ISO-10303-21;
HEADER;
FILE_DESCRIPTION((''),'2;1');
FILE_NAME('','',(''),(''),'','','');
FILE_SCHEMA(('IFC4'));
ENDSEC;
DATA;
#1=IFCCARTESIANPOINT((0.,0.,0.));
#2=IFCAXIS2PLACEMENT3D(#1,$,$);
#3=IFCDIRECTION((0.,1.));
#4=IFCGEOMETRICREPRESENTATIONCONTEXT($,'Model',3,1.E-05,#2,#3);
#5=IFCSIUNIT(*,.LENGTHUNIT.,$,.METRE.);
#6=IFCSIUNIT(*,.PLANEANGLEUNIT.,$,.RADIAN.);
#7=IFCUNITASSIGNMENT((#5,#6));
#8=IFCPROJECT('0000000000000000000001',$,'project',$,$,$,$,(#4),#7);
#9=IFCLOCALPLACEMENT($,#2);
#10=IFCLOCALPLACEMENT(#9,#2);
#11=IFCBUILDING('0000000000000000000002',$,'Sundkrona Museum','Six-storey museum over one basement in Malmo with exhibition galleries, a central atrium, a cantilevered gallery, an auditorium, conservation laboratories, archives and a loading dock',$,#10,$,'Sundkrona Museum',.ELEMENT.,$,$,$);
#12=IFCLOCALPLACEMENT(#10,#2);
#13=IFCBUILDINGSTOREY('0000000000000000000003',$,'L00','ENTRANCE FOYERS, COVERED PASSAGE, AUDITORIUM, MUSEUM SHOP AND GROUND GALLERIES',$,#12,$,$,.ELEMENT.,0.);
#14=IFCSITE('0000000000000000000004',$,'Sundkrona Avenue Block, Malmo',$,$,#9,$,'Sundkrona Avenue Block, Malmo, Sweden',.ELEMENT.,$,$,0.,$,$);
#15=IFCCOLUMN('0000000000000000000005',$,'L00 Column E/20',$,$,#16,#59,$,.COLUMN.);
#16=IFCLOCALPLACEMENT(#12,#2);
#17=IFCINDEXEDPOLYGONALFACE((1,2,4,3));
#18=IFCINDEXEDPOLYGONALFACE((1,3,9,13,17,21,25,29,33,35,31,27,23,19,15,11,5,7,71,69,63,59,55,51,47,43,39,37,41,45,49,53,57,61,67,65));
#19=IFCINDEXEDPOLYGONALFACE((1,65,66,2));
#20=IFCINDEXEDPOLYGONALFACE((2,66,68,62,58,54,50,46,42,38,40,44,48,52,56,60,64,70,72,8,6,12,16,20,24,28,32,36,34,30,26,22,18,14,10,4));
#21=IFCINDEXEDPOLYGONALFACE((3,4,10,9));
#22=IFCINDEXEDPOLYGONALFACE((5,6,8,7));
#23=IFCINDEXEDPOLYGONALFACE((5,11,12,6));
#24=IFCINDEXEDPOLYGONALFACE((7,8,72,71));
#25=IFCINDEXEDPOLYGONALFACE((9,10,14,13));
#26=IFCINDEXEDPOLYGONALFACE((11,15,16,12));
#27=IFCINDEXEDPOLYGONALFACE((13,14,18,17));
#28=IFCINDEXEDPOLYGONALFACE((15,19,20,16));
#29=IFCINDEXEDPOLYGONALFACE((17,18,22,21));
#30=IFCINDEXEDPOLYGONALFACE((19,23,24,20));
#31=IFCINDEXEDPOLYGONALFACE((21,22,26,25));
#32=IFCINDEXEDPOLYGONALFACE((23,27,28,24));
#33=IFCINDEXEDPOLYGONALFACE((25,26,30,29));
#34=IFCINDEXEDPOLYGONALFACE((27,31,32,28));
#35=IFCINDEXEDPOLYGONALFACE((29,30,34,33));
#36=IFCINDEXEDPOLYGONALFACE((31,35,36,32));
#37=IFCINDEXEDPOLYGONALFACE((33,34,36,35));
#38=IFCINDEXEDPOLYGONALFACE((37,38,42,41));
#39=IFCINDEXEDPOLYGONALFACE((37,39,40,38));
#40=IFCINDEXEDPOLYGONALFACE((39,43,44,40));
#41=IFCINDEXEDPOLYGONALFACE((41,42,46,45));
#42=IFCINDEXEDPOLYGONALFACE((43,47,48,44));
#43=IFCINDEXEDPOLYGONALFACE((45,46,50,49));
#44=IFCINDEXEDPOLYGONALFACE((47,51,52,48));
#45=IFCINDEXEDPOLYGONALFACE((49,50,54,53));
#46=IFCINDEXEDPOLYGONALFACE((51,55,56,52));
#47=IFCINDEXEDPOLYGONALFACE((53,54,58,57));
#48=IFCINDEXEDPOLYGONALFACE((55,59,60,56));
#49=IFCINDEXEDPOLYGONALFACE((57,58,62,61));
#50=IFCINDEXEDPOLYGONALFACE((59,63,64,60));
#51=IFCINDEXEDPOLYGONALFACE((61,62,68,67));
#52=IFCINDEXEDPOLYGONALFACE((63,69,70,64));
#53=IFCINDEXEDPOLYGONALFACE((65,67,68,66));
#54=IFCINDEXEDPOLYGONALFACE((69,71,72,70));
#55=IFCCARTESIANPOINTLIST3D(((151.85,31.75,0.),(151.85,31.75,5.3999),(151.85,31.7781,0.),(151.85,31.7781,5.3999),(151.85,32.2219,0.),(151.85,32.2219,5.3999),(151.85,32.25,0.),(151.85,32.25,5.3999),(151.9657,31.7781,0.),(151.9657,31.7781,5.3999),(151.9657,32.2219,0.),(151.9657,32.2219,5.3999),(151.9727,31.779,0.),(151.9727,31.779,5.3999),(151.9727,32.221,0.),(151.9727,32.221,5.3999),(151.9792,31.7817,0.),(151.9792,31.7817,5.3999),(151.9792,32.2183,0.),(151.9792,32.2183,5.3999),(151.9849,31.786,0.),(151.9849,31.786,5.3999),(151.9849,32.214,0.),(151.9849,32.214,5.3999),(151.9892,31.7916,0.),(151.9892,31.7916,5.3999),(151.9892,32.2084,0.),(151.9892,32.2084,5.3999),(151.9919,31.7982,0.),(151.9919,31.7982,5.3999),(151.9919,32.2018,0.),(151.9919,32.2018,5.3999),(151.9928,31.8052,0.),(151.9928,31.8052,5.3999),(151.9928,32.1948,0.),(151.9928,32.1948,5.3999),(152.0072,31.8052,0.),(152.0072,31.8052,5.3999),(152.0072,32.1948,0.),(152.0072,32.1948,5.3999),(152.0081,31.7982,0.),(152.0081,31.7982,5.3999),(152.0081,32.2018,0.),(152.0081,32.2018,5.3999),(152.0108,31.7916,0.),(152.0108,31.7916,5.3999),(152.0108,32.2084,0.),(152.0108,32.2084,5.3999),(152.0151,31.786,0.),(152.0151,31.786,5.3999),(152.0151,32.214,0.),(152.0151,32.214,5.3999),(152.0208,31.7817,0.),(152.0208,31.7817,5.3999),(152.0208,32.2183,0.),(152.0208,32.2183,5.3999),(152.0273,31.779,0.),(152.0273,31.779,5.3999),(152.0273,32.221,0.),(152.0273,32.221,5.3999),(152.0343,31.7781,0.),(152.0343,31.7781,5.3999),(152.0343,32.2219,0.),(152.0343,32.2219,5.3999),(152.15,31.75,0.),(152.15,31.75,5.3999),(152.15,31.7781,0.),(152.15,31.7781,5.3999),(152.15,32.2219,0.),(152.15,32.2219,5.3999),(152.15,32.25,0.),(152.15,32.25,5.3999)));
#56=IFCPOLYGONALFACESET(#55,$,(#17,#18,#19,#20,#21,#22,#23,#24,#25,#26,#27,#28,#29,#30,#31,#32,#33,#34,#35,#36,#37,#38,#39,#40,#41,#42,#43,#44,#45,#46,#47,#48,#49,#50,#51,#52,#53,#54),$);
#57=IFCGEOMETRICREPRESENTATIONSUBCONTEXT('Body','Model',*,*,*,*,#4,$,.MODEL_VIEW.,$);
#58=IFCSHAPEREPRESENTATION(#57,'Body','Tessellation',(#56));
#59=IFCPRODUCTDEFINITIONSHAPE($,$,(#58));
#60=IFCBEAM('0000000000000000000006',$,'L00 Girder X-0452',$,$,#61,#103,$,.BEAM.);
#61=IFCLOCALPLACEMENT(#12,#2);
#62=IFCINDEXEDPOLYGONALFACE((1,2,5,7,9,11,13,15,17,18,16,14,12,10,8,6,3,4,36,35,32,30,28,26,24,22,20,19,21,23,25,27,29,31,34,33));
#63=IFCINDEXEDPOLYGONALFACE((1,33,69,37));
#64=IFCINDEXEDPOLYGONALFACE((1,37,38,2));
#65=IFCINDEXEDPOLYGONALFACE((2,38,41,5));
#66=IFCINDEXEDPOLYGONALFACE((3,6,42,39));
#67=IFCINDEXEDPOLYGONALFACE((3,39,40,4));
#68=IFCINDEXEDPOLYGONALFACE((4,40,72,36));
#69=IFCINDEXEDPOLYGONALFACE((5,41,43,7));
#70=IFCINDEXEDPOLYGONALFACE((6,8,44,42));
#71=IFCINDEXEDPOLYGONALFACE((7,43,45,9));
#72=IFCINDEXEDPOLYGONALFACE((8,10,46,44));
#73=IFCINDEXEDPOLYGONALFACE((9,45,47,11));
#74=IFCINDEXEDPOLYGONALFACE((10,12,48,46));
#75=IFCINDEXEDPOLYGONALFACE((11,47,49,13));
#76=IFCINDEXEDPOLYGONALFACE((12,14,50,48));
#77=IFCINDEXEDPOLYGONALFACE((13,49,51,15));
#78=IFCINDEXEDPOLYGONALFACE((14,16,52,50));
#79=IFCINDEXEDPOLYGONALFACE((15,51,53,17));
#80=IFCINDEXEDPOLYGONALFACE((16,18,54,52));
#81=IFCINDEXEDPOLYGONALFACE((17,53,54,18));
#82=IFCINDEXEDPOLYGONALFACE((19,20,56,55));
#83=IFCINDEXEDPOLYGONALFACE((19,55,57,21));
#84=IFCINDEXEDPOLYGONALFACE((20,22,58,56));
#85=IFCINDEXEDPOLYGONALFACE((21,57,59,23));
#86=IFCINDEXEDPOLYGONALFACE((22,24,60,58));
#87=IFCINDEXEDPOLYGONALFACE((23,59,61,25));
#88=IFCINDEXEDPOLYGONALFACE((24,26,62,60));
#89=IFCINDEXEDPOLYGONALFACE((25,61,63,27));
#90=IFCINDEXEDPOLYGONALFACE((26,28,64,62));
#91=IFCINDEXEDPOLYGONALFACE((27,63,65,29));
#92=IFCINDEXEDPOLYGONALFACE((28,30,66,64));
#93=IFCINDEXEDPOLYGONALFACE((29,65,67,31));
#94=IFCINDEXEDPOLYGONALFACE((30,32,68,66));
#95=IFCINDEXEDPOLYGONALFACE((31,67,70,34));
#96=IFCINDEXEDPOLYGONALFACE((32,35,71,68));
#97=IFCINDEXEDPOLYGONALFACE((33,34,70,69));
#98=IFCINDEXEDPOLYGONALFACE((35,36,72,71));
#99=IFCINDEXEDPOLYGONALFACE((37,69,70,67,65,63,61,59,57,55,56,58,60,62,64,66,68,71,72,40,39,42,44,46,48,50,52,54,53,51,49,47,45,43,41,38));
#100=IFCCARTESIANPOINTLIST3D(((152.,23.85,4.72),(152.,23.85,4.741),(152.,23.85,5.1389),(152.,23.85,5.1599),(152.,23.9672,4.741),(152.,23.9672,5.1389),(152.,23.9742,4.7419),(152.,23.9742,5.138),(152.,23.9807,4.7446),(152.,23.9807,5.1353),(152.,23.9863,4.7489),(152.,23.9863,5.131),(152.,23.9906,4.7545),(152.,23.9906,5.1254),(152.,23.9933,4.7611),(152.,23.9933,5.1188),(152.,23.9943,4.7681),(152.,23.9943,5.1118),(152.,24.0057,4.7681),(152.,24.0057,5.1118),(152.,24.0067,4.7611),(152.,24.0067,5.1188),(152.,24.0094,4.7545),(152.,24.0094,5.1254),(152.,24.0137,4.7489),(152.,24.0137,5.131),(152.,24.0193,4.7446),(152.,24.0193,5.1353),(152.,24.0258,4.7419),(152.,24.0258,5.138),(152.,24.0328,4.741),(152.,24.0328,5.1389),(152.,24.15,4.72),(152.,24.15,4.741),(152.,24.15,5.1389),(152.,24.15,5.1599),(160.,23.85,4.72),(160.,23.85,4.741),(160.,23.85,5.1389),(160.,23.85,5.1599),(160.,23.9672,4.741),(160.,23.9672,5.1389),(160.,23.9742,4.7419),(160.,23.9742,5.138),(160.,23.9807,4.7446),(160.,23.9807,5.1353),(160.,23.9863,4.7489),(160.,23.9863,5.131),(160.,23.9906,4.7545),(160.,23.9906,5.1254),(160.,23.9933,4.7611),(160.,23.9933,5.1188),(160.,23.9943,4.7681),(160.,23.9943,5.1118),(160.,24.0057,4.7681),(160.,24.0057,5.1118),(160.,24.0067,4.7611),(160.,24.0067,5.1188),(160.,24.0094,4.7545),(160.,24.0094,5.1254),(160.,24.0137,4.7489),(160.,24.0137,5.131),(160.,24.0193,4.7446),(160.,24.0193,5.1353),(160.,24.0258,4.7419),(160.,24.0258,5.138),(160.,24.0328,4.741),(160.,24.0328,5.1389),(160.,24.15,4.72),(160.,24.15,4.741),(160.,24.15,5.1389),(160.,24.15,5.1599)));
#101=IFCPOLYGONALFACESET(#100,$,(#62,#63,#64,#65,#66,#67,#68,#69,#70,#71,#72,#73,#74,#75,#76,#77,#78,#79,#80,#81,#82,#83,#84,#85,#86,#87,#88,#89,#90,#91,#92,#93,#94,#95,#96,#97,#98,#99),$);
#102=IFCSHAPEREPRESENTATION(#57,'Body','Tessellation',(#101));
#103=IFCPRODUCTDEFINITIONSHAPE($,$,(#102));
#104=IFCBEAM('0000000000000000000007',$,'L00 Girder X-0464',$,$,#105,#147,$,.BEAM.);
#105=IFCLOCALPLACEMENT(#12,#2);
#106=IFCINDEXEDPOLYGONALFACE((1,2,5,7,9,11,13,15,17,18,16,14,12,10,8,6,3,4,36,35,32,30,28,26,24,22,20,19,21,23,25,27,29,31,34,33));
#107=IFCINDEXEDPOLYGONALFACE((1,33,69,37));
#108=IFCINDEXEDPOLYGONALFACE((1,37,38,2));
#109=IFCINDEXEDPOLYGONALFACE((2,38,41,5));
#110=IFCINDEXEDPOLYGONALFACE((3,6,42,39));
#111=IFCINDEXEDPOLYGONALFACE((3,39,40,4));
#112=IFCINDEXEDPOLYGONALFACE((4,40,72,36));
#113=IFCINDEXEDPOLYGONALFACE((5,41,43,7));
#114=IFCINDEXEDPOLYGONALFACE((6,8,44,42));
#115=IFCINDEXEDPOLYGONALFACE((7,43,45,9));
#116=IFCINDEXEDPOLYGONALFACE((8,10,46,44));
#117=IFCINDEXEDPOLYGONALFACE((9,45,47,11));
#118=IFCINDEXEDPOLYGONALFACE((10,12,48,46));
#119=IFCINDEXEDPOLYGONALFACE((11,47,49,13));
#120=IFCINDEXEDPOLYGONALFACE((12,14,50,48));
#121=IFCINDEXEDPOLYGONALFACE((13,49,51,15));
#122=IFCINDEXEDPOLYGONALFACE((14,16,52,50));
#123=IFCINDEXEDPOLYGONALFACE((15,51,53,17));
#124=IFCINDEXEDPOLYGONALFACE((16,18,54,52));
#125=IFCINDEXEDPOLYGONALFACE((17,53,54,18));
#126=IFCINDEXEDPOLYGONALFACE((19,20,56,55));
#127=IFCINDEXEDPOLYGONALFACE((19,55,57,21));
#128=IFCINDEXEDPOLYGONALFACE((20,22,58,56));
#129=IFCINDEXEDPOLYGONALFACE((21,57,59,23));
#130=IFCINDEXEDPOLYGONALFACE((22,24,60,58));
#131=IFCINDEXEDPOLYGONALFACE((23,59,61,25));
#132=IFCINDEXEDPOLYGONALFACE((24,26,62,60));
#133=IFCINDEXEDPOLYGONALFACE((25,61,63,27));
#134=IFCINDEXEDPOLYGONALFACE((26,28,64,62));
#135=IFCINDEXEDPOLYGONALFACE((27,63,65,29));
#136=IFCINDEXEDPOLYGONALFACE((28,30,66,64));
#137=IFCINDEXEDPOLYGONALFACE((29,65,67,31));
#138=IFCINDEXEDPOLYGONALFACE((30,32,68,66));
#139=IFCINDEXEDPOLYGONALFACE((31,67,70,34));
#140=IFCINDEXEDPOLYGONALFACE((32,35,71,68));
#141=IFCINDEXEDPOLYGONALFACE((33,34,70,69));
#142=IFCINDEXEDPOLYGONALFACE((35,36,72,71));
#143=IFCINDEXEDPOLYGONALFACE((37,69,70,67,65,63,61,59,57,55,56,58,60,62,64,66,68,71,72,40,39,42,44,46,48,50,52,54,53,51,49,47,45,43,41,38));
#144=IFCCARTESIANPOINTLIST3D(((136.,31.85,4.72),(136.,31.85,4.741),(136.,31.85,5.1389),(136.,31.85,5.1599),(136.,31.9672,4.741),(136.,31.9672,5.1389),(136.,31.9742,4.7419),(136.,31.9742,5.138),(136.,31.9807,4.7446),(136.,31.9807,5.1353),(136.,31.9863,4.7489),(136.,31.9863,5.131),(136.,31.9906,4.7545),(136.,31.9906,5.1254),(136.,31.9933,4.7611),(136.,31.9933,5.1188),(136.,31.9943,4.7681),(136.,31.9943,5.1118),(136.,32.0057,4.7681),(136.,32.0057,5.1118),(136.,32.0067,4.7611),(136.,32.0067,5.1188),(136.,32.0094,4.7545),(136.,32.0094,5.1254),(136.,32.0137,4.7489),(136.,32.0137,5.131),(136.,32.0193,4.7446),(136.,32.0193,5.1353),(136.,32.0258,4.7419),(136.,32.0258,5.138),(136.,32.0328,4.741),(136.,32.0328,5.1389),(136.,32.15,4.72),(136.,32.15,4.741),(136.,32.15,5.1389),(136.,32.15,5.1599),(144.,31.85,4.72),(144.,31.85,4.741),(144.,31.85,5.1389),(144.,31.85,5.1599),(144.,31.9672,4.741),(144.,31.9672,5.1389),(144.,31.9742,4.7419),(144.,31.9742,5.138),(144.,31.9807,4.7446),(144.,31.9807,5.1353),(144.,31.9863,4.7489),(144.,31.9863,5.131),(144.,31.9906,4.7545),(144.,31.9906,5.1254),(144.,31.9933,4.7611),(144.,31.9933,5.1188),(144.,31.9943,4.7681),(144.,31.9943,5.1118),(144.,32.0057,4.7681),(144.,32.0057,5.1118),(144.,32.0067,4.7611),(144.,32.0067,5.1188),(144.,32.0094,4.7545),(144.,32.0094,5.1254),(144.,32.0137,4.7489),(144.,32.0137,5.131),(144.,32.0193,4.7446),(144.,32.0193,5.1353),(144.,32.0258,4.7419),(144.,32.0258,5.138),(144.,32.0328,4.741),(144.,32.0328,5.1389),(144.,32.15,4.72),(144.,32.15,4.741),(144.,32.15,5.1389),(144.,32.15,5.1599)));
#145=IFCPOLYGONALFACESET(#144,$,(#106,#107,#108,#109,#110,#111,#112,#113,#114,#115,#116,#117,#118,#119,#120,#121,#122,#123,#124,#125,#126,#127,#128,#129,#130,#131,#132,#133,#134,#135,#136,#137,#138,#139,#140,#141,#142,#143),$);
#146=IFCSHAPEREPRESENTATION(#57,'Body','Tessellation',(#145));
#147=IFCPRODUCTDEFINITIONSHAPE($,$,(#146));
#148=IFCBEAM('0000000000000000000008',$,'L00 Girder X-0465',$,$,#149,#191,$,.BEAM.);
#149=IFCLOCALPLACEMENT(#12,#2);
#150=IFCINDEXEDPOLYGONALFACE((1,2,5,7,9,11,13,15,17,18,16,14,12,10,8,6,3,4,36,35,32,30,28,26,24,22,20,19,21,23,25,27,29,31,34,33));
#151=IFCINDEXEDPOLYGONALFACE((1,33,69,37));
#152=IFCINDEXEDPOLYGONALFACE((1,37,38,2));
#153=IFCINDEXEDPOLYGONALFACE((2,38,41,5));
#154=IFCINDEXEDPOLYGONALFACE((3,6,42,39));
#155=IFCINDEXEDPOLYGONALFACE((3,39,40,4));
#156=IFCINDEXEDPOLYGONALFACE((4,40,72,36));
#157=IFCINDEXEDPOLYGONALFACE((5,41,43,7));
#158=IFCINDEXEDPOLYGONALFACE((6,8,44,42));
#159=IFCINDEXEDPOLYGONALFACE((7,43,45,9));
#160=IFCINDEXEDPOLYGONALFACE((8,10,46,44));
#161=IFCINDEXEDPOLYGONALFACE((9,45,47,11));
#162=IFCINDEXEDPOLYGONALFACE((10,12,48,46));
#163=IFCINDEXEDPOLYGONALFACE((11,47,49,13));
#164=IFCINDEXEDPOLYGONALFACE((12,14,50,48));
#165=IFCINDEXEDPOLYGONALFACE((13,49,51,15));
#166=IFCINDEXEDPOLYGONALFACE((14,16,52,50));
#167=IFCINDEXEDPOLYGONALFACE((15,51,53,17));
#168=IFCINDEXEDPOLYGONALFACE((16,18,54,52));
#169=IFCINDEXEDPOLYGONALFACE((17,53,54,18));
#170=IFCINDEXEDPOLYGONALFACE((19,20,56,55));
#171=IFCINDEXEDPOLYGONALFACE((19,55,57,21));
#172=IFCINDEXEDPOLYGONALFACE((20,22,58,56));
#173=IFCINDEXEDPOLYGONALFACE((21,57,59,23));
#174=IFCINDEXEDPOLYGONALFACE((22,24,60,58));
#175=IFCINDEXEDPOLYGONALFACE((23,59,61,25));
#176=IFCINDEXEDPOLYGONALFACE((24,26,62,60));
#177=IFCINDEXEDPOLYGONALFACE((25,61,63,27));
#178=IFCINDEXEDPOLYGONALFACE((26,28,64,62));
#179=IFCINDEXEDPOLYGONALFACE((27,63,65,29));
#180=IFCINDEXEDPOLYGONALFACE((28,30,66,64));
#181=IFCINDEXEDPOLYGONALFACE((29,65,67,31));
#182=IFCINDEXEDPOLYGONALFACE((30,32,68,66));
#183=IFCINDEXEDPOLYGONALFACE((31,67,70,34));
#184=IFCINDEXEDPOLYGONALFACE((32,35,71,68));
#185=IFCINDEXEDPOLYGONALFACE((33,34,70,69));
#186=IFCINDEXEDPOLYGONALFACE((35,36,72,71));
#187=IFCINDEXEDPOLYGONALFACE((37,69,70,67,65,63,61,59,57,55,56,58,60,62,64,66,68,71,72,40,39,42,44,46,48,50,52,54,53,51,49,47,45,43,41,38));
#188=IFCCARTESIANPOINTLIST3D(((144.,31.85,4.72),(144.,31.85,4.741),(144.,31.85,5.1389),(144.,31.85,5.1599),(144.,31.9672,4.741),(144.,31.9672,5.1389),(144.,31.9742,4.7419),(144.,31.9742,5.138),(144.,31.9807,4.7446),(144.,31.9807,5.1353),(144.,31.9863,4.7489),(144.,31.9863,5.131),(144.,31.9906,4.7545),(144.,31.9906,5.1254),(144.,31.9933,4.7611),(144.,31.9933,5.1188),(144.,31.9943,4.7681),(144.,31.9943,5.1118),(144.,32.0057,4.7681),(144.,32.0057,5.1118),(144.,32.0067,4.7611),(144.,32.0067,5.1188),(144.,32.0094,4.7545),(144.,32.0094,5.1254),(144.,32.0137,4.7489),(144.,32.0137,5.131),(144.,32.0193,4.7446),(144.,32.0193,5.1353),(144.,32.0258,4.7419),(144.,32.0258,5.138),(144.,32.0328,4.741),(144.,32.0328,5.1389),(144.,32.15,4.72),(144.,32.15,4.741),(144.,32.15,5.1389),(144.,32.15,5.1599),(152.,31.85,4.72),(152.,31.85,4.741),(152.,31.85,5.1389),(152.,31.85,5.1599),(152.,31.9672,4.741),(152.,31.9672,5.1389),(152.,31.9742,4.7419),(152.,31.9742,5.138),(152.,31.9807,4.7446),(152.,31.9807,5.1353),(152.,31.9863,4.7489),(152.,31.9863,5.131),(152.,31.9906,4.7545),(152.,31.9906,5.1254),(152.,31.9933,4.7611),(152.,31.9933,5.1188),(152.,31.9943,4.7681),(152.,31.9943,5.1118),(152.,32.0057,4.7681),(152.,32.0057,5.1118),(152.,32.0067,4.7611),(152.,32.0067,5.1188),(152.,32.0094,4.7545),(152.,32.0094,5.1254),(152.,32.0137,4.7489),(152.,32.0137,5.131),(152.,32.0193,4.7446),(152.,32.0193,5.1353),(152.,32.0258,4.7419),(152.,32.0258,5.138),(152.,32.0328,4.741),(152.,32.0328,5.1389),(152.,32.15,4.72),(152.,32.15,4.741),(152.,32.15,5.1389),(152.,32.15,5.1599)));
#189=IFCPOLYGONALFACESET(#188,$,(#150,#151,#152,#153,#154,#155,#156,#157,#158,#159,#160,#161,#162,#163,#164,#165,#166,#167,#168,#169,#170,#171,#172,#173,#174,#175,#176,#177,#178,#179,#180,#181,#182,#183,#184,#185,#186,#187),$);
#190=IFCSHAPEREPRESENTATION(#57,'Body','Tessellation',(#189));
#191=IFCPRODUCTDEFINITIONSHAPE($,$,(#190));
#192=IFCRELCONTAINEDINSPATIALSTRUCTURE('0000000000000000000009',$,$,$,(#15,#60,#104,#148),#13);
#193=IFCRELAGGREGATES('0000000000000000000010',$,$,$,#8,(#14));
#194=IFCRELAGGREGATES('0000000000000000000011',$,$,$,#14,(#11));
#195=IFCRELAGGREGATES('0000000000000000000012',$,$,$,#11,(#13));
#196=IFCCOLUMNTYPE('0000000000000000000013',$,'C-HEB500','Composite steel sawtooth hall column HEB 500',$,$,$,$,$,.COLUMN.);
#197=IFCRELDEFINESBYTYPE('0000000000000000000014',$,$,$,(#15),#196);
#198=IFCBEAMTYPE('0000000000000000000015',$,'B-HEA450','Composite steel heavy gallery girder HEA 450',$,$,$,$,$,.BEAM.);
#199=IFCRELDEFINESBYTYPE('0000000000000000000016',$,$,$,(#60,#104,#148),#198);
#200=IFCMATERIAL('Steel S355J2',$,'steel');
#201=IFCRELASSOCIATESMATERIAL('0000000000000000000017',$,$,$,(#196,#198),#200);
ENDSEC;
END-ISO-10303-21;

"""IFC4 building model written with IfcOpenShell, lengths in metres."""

from ifc_helpers import new_model, si_unit, direction, frame, origin, origin_2d, place, context, subcontext, project, spatial, i_section, extrude, material, material_profile, profile_set, type_object, element, save


model = new_model("IFC4")

# Units and contexts
model_context = context("Model", 3, precision=1e-05, world=origin(), true_north=direction((0.0, 1.0)))
body_context = subcontext(model_context, "Body", "Model", "MODEL_VIEW")
ifc_project = project(units=[si_unit("LENGTHUNIT", "METRE"), si_unit("PLANEANGLEUNIT", "RADIAN")], contexts=[model_context])

# Site, building, storey
site_placement = place(None, origin())
site = spatial("IfcSite", under=ifc_project, at=site_placement, Name="Sundkrona Avenue Block, Malmo", LongName="Sundkrona Avenue Block, Malmo, Sweden", CompositionType="ELEMENT", RefElevation=0.0)
building_placement = place(site_placement, origin())
building = spatial("IfcBuilding", under=site, at=building_placement, Name="Sundkrona Museum", Description="Six-storey museum over one basement in Malmo with exhibition galleries, a central atrium, a cantilevered gallery, an auditorium, conservation laboratories, archives and a loading dock", LongName="Sundkrona Museum", CompositionType="ELEMENT")
storey_placement = place(building_placement, origin())
storey = spatial("IfcBuildingStorey", under=building, at=storey_placement, Name="L00", Description="ENTRANCE FOYERS, COVERED PASSAGE, AUDITORIUM, MUSEUM SHOP AND GROUND GALLERIES", CompositionType="ELEMENT", Elevation=0.0)

# Column
ifc_material_1 = material(Name="Steel S355J2", Category="steel")
ifc_material_profile_1 = material_profile(ifc_material_1, i_section(OverallWidth=0.3, OverallDepth=0.5, WebThickness=0.0144, FlangeThickness=0.0281, FilletRadius=0.0271, at=origin_2d()), Name="HEB 500")
ifc_profile_set_1 = profile_set([ifc_material_profile_1], Name="Steel S355J2")
column_type = type_object("IfcColumnType", Name="C-HEB500", Description="Composite steel sawtooth hall column HEB 500", PredefinedType="COLUMN", material=ifc_profile_set_1)
for number, where, z_axis, x_axis, name in (
    (1, (152.0, 32.0, 0.0), (0.0, 0.0, 1.0), (1.0, 0.0, 0.0), "L00 Column E/20"),
):
    element("IfcColumn", number, at=place(storey_placement, frame(where, z_axis=z_axis, x_axis=x_axis)), inside=storey, type_object=column_type, Name=name, PredefinedType="COLUMN", context=body_context, shape_type="SweptSolid", body=[
        extrude(i_section(OverallWidth=0.3, OverallDepth=0.5, WebThickness=0.0144, FlangeThickness=0.0281, FilletRadius=0.0271, at=origin_2d()), origin(), (0.0, 0.0, 1.0), 5.3999),
    ])

# Beams
ifc_material_profile_2 = material_profile(ifc_material_1, i_section(OverallWidth=0.3, OverallDepth=0.4399, WebThickness=0.0115, FlangeThickness=0.021, FilletRadius=0.0271, at=origin_2d()), Name="HEA 450")
ifc_profile_set_2 = profile_set([ifc_material_profile_2], Name="Steel S355J2")
beam_type = type_object("IfcBeamType", Name="B-HEA450", Description="Composite steel heavy gallery girder HEA 450", PredefinedType="BEAM", material=ifc_profile_set_2)
for number, where, z_axis, x_axis, name in (
    (2, (152.0, 24.0, 4.9399), (1.0, 0.0, 0.0), (0.0, 1.0, 0.0), "L00 Girder X-0452"),
    (3, (136.0, 32.0, 4.9399), (1.0, 0.0, 0.0), (0.0, 1.0, 0.0), "L00 Girder X-0464"),
    (4, (144.0, 32.0, 4.9399), (1.0, 0.0, 0.0), (0.0, 1.0, 0.0), "L00 Girder X-0465"),
):
    element("IfcBeam", number, at=place(storey_placement, frame(where, z_axis=z_axis, x_axis=x_axis)), inside=storey, type_object=beam_type, Name=name, PredefinedType="BEAM", context=body_context, shape_type="SweptSolid", body=[
        extrude(i_section(OverallWidth=0.3, OverallDepth=0.4399, WebThickness=0.0115, FlangeThickness=0.021, FilletRadius=0.0271, at=origin_2d()), origin(), (0.0, 0.0, 1.0), 8.0),
    ])

save(model, "model.ifc")
